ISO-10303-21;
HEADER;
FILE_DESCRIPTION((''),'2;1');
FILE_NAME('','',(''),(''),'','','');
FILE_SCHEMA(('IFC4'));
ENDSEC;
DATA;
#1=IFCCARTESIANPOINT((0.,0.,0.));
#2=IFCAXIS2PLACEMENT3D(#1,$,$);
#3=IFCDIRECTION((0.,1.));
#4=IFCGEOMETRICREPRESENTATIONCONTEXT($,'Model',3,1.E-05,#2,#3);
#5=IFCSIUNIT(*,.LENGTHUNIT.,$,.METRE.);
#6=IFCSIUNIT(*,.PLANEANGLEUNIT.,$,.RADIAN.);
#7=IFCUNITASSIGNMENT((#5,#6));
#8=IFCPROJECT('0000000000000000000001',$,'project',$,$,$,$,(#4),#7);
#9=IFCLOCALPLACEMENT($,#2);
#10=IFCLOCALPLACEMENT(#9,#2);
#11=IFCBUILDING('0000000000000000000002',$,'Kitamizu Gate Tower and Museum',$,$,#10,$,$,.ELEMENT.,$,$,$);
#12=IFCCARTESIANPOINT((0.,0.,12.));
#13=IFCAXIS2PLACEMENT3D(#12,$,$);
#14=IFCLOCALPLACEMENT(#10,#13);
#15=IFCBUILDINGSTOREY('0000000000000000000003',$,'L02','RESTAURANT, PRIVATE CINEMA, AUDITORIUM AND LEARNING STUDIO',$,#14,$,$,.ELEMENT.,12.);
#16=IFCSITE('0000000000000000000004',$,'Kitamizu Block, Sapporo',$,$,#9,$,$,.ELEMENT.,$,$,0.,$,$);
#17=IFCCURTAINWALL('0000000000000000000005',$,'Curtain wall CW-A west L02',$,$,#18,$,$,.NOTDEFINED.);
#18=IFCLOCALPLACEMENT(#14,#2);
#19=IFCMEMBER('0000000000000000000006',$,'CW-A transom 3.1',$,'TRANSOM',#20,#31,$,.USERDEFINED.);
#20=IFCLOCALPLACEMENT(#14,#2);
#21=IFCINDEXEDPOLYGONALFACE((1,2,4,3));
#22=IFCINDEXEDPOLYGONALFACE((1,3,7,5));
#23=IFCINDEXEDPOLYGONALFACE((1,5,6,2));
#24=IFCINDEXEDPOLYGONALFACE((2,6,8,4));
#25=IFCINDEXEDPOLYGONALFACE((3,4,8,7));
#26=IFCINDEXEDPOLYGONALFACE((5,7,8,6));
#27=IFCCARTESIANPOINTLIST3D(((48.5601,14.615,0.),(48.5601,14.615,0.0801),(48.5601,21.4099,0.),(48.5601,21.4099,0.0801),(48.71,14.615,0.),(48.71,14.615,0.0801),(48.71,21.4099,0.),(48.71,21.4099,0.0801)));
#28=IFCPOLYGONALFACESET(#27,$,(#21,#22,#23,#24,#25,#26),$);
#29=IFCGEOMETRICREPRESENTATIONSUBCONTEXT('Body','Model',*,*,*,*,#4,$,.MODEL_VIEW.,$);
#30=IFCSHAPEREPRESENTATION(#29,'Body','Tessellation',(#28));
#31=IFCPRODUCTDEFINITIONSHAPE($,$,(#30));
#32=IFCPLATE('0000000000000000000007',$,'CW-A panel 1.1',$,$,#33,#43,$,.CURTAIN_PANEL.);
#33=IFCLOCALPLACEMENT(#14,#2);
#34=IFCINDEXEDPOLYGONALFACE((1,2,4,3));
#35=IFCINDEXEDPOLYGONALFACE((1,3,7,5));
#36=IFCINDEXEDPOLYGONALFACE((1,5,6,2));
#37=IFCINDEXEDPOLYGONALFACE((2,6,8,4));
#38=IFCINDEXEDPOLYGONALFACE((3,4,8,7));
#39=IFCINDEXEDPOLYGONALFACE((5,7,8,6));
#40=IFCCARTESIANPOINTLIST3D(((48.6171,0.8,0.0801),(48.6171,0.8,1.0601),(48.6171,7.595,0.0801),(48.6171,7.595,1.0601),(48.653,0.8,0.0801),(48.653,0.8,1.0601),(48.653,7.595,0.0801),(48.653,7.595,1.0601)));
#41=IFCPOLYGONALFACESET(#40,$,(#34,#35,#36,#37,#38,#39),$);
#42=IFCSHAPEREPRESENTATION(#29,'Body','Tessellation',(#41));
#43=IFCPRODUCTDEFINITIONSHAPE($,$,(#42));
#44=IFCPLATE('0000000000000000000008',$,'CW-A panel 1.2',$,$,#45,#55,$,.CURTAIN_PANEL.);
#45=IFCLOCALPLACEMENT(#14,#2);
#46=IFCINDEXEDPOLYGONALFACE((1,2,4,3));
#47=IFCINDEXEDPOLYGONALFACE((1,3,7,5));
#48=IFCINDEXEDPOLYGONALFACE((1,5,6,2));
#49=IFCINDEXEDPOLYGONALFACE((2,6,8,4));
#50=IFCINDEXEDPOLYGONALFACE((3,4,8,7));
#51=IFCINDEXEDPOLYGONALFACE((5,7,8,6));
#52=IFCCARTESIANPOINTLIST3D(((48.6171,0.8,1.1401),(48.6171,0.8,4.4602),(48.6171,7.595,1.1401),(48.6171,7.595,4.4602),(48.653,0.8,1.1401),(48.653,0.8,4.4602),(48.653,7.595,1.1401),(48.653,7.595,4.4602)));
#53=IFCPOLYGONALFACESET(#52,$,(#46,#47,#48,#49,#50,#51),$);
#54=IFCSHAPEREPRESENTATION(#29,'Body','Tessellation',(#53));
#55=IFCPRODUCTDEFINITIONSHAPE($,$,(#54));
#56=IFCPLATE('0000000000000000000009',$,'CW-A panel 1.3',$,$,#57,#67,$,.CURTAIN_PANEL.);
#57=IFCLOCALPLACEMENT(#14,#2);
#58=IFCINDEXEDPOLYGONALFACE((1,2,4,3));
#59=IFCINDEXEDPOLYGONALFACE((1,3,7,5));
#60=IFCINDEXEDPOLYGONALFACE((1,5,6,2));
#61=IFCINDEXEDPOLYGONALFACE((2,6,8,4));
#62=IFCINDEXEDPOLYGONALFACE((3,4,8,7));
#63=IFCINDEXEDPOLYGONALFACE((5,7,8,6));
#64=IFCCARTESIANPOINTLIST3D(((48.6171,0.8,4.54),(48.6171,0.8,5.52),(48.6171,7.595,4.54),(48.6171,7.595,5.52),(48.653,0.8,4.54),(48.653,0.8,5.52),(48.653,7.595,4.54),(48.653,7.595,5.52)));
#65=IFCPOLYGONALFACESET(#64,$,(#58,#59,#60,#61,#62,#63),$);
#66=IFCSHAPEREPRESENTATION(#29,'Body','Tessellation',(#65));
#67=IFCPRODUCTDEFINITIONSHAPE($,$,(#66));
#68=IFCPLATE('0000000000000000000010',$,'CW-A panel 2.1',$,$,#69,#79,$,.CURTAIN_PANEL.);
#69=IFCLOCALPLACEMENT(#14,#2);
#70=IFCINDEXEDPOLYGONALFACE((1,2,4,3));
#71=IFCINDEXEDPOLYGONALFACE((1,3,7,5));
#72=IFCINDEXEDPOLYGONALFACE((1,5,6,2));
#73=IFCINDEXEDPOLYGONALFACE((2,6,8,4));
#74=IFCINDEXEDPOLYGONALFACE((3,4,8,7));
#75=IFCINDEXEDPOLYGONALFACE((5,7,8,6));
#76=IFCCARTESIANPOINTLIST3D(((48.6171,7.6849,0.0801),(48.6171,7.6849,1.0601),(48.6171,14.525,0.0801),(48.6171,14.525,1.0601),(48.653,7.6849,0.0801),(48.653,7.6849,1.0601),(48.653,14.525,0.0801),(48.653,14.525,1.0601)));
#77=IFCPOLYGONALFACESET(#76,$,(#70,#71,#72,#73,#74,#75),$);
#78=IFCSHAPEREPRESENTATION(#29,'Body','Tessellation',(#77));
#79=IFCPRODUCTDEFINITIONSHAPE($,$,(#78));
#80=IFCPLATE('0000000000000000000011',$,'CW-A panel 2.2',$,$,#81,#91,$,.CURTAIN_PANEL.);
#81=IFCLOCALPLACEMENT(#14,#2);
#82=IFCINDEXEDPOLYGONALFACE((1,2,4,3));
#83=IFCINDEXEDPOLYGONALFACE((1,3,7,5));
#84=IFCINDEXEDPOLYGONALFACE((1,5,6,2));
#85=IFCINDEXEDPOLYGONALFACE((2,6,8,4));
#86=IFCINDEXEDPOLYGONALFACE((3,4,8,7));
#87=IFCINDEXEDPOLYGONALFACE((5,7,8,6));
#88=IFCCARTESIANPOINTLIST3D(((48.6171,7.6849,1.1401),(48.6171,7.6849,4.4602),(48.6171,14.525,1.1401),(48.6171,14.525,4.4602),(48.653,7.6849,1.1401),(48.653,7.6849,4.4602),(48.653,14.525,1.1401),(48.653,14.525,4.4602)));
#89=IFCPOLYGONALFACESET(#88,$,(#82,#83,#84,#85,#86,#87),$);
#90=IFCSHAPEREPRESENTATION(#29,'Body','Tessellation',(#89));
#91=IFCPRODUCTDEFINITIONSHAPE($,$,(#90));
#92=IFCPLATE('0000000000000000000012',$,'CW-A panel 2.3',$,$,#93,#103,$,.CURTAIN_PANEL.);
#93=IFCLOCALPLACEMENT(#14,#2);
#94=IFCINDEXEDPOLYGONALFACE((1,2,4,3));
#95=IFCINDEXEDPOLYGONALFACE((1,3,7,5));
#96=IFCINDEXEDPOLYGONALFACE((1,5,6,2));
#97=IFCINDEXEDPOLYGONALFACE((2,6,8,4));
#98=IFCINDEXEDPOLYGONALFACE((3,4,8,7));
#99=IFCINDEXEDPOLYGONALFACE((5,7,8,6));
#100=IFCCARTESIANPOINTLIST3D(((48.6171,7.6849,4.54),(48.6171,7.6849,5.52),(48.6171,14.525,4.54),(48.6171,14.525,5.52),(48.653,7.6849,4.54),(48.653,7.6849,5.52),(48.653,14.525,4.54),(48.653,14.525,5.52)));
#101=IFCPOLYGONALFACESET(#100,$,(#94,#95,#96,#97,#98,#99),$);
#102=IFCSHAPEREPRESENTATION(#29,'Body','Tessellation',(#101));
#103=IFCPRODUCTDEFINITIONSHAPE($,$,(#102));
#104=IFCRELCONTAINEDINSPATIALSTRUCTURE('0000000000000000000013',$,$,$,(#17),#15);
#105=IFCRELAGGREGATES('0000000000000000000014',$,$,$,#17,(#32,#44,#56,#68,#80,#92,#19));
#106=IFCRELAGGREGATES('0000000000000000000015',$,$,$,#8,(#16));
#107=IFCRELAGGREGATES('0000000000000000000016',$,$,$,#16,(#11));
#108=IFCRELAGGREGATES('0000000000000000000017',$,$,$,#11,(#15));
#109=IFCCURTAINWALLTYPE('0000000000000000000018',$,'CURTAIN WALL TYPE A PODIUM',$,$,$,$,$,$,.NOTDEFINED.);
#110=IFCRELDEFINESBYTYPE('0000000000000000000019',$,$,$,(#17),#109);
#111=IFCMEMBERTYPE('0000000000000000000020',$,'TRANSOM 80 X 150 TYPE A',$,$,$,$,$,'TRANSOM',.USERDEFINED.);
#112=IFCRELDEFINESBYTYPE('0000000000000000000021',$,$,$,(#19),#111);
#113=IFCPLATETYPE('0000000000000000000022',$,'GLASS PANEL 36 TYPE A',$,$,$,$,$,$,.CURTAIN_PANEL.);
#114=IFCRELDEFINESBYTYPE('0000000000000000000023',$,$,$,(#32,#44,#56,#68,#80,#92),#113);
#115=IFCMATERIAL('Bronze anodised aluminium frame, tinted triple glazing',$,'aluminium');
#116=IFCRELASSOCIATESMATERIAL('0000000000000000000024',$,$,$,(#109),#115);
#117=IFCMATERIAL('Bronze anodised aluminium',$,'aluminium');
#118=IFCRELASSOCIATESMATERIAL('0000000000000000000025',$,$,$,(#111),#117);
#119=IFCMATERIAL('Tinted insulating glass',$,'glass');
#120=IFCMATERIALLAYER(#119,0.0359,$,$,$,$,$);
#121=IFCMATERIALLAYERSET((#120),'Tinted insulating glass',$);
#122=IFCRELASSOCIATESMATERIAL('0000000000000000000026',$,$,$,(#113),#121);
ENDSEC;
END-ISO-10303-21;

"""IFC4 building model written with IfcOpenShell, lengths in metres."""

from ifc_helpers import new_model, si_unit, direction, frame, origin, origin_2d, place, context, subcontext, project, spatial, rectangle, extrude, material, layer, layer_set, material_profile, profile_set, type_object, element, aggregate, save


model = new_model("IFC4")

# Units and contexts
model_context = context("Model", 3, precision=1e-05, world=origin(), true_north=direction((0.0, 1.0)))
body_context = subcontext(model_context, "Body", "Model", "MODEL_VIEW")
ifc_project = project(units=[si_unit("LENGTHUNIT", "METRE"), si_unit("PLANEANGLEUNIT", "RADIAN")], contexts=[model_context])

# Site, building, storey
site_placement = place(None, origin())
site = spatial("IfcSite", under=ifc_project, at=site_placement, Name="Kitamizu Block, Sapporo", CompositionType="ELEMENT", RefElevation=0.0)
building_placement = place(site_placement, origin())
building = spatial("IfcBuilding", under=site, at=building_placement, Name="Kitamizu Gate Tower and Museum", CompositionType="ELEMENT")
storey_placement = place(building_placement, frame((0.0, 0.0, 12.0)))
storey = spatial("IfcBuildingStorey", under=building, at=storey_placement, Name="L02", Description="RESTAURANT, PRIVATE CINEMA, AUDITORIUM AND LEARNING STUDIO", CompositionType="ELEMENT", Elevation=12.0)

# Curtain wall, member, plates
ifc_material_1 = material(Name="Bronze anodised aluminium frame, tinted triple glazing", Category="aluminium")
curtain_wall_type = type_object("IfcCurtainWallType", Name="CURTAIN WALL TYPE A PODIUM", PredefinedType="NOTDEFINED", material=ifc_material_1)
curtain_wall_placement = place(storey_placement, origin())
curtain_wall = element("IfcCurtainWall", 1, at=curtain_wall_placement, inside=storey, type_object=curtain_wall_type, Name="Curtain wall CW-A west L02", PredefinedType="NOTDEFINED")
ifc_material_2 = material(Name="Bronze anodised aluminium", Category="aluminium")
ifc_material_profile_1 = material_profile(ifc_material_2, rectangle(XDim=0.1499, YDim=0.0801, at=origin_2d()), Name="AL 80X150")
ifc_profile_set_1 = profile_set([ifc_material_profile_1], Name="Bronze anodised aluminium")
member_type_1 = type_object("IfcMemberType", Name="TRANSOM 80 X 150 TYPE A", ElementType="TRANSOM", PredefinedType="USERDEFINED", material=ifc_profile_set_1)
member_1_placement = place(storey_placement, frame((48.635, 14.615, 0.04), z_axis=(0.0, 1.0, 0.0), x_axis=(-1.0, 0.0, 0.0)))
member_1 = element("IfcMember", 2, at=member_1_placement, type_object=member_type_1, Name="CW-A transom 3.1", ObjectType="TRANSOM", PredefinedType="USERDEFINED", context=body_context, shape_type="SweptSolid", body=[
    extrude(rectangle(XDim=0.1499, YDim=0.0801, at=origin_2d()), origin(), (0.0, 0.0, 1.0), 6.7949),
])
ifc_material_3 = material(Name="Tinted insulating glass", Category="glass")
ifc_layer_1 = layer(ifc_material_3, 0.0359)
ifc_layer_set_1 = layer_set([ifc_layer_1], Name="Tinted insulating glass")
plate_type = type_object("IfcPlateType", Name="GLASS PANEL 36 TYPE A", PredefinedType="CURTAIN_PANEL", material=ifc_layer_set_1)
plate_1_placement = place(storey_placement, frame((48.635, 4.1975, 0.0801), z_axis=(0.0, 0.0, 1.0), x_axis=(0.0, 1.0, 0.0)))
plate_1 = element("IfcPlate", 3, at=plate_1_placement, type_object=plate_type, Name="CW-A panel 1.1", PredefinedType="CURTAIN_PANEL", context=body_context, shape_type="SweptSolid", body=[
    extrude(rectangle(XDim=6.7949, YDim=0.0359, at=origin_2d()), origin(), (0.0, 0.0, 1.0), 0.98),
])
plate_2_placement = place(storey_placement, frame((48.635, 4.1975, 1.1401), z_axis=(0.0, 0.0, 1.0), x_axis=(0.0, 1.0, 0.0)))
plate_2 = element("IfcPlate", 4, at=plate_2_placement, type_object=plate_type, Name="CW-A panel 1.2", PredefinedType="CURTAIN_PANEL", context=body_context, shape_type="SweptSolid", body=[
    extrude(rectangle(XDim=6.7949, YDim=0.0359, at=origin_2d()), origin(), (0.0, 0.0, 1.0), 3.3201),
])
plate_3_placement = place(storey_placement, frame((48.635, 4.1975, 4.54), z_axis=(0.0, 0.0, 1.0), x_axis=(0.0, 1.0, 0.0)))
plate_3 = element("IfcPlate", 5, at=plate_3_placement, type_object=plate_type, Name="CW-A panel 1.3", PredefinedType="CURTAIN_PANEL", context=body_context, shape_type="SweptSolid", body=[
    extrude(rectangle(XDim=6.7949, YDim=0.0359, at=origin_2d()), origin(), (0.0, 0.0, 1.0), 0.98),
])
plate_4_placement = place(storey_placement, frame((48.635, 11.105, 0.0801), z_axis=(0.0, 0.0, 1.0), x_axis=(0.0, 1.0, 0.0)))
plate_4 = element("IfcPlate", 6, at=plate_4_placement, type_object=plate_type, Name="CW-A panel 2.1", PredefinedType="CURTAIN_PANEL", context=body_context, shape_type="SweptSolid", body=[
    extrude(rectangle(XDim=6.8401, YDim=0.0359, at=origin_2d()), origin(), (0.0, 0.0, 1.0), 0.98),
])
plate_5_placement = place(storey_placement, frame((48.635, 11.105, 1.1401), z_axis=(0.0, 0.0, 1.0), x_axis=(0.0, 1.0, 0.0)))
plate_5 = element("IfcPlate", 7, at=plate_5_placement, type_object=plate_type, Name="CW-A panel 2.2", PredefinedType="CURTAIN_PANEL", context=body_context, shape_type="SweptSolid", body=[
    extrude(rectangle(XDim=6.8401, YDim=0.0359, at=origin_2d()), origin(), (0.0, 0.0, 1.0), 3.3201),
])
plate_6_placement = place(storey_placement, frame((48.635, 11.105, 4.54), z_axis=(0.0, 0.0, 1.0), x_axis=(0.0, 1.0, 0.0)))
plate_6 = element("IfcPlate", 8, at=plate_6_placement, type_object=plate_type, Name="CW-A panel 2.3", PredefinedType="CURTAIN_PANEL", context=body_context, shape_type="SweptSolid", body=[
    extrude(rectangle(XDim=6.8401, YDim=0.0359, at=origin_2d()), origin(), (0.0, 0.0, 1.0), 0.98),
])
aggregate(curtain_wall, [plate_1, plate_2, plate_3, plate_4, plate_5, plate_6, member_1])

save(model, "model.ifc")
